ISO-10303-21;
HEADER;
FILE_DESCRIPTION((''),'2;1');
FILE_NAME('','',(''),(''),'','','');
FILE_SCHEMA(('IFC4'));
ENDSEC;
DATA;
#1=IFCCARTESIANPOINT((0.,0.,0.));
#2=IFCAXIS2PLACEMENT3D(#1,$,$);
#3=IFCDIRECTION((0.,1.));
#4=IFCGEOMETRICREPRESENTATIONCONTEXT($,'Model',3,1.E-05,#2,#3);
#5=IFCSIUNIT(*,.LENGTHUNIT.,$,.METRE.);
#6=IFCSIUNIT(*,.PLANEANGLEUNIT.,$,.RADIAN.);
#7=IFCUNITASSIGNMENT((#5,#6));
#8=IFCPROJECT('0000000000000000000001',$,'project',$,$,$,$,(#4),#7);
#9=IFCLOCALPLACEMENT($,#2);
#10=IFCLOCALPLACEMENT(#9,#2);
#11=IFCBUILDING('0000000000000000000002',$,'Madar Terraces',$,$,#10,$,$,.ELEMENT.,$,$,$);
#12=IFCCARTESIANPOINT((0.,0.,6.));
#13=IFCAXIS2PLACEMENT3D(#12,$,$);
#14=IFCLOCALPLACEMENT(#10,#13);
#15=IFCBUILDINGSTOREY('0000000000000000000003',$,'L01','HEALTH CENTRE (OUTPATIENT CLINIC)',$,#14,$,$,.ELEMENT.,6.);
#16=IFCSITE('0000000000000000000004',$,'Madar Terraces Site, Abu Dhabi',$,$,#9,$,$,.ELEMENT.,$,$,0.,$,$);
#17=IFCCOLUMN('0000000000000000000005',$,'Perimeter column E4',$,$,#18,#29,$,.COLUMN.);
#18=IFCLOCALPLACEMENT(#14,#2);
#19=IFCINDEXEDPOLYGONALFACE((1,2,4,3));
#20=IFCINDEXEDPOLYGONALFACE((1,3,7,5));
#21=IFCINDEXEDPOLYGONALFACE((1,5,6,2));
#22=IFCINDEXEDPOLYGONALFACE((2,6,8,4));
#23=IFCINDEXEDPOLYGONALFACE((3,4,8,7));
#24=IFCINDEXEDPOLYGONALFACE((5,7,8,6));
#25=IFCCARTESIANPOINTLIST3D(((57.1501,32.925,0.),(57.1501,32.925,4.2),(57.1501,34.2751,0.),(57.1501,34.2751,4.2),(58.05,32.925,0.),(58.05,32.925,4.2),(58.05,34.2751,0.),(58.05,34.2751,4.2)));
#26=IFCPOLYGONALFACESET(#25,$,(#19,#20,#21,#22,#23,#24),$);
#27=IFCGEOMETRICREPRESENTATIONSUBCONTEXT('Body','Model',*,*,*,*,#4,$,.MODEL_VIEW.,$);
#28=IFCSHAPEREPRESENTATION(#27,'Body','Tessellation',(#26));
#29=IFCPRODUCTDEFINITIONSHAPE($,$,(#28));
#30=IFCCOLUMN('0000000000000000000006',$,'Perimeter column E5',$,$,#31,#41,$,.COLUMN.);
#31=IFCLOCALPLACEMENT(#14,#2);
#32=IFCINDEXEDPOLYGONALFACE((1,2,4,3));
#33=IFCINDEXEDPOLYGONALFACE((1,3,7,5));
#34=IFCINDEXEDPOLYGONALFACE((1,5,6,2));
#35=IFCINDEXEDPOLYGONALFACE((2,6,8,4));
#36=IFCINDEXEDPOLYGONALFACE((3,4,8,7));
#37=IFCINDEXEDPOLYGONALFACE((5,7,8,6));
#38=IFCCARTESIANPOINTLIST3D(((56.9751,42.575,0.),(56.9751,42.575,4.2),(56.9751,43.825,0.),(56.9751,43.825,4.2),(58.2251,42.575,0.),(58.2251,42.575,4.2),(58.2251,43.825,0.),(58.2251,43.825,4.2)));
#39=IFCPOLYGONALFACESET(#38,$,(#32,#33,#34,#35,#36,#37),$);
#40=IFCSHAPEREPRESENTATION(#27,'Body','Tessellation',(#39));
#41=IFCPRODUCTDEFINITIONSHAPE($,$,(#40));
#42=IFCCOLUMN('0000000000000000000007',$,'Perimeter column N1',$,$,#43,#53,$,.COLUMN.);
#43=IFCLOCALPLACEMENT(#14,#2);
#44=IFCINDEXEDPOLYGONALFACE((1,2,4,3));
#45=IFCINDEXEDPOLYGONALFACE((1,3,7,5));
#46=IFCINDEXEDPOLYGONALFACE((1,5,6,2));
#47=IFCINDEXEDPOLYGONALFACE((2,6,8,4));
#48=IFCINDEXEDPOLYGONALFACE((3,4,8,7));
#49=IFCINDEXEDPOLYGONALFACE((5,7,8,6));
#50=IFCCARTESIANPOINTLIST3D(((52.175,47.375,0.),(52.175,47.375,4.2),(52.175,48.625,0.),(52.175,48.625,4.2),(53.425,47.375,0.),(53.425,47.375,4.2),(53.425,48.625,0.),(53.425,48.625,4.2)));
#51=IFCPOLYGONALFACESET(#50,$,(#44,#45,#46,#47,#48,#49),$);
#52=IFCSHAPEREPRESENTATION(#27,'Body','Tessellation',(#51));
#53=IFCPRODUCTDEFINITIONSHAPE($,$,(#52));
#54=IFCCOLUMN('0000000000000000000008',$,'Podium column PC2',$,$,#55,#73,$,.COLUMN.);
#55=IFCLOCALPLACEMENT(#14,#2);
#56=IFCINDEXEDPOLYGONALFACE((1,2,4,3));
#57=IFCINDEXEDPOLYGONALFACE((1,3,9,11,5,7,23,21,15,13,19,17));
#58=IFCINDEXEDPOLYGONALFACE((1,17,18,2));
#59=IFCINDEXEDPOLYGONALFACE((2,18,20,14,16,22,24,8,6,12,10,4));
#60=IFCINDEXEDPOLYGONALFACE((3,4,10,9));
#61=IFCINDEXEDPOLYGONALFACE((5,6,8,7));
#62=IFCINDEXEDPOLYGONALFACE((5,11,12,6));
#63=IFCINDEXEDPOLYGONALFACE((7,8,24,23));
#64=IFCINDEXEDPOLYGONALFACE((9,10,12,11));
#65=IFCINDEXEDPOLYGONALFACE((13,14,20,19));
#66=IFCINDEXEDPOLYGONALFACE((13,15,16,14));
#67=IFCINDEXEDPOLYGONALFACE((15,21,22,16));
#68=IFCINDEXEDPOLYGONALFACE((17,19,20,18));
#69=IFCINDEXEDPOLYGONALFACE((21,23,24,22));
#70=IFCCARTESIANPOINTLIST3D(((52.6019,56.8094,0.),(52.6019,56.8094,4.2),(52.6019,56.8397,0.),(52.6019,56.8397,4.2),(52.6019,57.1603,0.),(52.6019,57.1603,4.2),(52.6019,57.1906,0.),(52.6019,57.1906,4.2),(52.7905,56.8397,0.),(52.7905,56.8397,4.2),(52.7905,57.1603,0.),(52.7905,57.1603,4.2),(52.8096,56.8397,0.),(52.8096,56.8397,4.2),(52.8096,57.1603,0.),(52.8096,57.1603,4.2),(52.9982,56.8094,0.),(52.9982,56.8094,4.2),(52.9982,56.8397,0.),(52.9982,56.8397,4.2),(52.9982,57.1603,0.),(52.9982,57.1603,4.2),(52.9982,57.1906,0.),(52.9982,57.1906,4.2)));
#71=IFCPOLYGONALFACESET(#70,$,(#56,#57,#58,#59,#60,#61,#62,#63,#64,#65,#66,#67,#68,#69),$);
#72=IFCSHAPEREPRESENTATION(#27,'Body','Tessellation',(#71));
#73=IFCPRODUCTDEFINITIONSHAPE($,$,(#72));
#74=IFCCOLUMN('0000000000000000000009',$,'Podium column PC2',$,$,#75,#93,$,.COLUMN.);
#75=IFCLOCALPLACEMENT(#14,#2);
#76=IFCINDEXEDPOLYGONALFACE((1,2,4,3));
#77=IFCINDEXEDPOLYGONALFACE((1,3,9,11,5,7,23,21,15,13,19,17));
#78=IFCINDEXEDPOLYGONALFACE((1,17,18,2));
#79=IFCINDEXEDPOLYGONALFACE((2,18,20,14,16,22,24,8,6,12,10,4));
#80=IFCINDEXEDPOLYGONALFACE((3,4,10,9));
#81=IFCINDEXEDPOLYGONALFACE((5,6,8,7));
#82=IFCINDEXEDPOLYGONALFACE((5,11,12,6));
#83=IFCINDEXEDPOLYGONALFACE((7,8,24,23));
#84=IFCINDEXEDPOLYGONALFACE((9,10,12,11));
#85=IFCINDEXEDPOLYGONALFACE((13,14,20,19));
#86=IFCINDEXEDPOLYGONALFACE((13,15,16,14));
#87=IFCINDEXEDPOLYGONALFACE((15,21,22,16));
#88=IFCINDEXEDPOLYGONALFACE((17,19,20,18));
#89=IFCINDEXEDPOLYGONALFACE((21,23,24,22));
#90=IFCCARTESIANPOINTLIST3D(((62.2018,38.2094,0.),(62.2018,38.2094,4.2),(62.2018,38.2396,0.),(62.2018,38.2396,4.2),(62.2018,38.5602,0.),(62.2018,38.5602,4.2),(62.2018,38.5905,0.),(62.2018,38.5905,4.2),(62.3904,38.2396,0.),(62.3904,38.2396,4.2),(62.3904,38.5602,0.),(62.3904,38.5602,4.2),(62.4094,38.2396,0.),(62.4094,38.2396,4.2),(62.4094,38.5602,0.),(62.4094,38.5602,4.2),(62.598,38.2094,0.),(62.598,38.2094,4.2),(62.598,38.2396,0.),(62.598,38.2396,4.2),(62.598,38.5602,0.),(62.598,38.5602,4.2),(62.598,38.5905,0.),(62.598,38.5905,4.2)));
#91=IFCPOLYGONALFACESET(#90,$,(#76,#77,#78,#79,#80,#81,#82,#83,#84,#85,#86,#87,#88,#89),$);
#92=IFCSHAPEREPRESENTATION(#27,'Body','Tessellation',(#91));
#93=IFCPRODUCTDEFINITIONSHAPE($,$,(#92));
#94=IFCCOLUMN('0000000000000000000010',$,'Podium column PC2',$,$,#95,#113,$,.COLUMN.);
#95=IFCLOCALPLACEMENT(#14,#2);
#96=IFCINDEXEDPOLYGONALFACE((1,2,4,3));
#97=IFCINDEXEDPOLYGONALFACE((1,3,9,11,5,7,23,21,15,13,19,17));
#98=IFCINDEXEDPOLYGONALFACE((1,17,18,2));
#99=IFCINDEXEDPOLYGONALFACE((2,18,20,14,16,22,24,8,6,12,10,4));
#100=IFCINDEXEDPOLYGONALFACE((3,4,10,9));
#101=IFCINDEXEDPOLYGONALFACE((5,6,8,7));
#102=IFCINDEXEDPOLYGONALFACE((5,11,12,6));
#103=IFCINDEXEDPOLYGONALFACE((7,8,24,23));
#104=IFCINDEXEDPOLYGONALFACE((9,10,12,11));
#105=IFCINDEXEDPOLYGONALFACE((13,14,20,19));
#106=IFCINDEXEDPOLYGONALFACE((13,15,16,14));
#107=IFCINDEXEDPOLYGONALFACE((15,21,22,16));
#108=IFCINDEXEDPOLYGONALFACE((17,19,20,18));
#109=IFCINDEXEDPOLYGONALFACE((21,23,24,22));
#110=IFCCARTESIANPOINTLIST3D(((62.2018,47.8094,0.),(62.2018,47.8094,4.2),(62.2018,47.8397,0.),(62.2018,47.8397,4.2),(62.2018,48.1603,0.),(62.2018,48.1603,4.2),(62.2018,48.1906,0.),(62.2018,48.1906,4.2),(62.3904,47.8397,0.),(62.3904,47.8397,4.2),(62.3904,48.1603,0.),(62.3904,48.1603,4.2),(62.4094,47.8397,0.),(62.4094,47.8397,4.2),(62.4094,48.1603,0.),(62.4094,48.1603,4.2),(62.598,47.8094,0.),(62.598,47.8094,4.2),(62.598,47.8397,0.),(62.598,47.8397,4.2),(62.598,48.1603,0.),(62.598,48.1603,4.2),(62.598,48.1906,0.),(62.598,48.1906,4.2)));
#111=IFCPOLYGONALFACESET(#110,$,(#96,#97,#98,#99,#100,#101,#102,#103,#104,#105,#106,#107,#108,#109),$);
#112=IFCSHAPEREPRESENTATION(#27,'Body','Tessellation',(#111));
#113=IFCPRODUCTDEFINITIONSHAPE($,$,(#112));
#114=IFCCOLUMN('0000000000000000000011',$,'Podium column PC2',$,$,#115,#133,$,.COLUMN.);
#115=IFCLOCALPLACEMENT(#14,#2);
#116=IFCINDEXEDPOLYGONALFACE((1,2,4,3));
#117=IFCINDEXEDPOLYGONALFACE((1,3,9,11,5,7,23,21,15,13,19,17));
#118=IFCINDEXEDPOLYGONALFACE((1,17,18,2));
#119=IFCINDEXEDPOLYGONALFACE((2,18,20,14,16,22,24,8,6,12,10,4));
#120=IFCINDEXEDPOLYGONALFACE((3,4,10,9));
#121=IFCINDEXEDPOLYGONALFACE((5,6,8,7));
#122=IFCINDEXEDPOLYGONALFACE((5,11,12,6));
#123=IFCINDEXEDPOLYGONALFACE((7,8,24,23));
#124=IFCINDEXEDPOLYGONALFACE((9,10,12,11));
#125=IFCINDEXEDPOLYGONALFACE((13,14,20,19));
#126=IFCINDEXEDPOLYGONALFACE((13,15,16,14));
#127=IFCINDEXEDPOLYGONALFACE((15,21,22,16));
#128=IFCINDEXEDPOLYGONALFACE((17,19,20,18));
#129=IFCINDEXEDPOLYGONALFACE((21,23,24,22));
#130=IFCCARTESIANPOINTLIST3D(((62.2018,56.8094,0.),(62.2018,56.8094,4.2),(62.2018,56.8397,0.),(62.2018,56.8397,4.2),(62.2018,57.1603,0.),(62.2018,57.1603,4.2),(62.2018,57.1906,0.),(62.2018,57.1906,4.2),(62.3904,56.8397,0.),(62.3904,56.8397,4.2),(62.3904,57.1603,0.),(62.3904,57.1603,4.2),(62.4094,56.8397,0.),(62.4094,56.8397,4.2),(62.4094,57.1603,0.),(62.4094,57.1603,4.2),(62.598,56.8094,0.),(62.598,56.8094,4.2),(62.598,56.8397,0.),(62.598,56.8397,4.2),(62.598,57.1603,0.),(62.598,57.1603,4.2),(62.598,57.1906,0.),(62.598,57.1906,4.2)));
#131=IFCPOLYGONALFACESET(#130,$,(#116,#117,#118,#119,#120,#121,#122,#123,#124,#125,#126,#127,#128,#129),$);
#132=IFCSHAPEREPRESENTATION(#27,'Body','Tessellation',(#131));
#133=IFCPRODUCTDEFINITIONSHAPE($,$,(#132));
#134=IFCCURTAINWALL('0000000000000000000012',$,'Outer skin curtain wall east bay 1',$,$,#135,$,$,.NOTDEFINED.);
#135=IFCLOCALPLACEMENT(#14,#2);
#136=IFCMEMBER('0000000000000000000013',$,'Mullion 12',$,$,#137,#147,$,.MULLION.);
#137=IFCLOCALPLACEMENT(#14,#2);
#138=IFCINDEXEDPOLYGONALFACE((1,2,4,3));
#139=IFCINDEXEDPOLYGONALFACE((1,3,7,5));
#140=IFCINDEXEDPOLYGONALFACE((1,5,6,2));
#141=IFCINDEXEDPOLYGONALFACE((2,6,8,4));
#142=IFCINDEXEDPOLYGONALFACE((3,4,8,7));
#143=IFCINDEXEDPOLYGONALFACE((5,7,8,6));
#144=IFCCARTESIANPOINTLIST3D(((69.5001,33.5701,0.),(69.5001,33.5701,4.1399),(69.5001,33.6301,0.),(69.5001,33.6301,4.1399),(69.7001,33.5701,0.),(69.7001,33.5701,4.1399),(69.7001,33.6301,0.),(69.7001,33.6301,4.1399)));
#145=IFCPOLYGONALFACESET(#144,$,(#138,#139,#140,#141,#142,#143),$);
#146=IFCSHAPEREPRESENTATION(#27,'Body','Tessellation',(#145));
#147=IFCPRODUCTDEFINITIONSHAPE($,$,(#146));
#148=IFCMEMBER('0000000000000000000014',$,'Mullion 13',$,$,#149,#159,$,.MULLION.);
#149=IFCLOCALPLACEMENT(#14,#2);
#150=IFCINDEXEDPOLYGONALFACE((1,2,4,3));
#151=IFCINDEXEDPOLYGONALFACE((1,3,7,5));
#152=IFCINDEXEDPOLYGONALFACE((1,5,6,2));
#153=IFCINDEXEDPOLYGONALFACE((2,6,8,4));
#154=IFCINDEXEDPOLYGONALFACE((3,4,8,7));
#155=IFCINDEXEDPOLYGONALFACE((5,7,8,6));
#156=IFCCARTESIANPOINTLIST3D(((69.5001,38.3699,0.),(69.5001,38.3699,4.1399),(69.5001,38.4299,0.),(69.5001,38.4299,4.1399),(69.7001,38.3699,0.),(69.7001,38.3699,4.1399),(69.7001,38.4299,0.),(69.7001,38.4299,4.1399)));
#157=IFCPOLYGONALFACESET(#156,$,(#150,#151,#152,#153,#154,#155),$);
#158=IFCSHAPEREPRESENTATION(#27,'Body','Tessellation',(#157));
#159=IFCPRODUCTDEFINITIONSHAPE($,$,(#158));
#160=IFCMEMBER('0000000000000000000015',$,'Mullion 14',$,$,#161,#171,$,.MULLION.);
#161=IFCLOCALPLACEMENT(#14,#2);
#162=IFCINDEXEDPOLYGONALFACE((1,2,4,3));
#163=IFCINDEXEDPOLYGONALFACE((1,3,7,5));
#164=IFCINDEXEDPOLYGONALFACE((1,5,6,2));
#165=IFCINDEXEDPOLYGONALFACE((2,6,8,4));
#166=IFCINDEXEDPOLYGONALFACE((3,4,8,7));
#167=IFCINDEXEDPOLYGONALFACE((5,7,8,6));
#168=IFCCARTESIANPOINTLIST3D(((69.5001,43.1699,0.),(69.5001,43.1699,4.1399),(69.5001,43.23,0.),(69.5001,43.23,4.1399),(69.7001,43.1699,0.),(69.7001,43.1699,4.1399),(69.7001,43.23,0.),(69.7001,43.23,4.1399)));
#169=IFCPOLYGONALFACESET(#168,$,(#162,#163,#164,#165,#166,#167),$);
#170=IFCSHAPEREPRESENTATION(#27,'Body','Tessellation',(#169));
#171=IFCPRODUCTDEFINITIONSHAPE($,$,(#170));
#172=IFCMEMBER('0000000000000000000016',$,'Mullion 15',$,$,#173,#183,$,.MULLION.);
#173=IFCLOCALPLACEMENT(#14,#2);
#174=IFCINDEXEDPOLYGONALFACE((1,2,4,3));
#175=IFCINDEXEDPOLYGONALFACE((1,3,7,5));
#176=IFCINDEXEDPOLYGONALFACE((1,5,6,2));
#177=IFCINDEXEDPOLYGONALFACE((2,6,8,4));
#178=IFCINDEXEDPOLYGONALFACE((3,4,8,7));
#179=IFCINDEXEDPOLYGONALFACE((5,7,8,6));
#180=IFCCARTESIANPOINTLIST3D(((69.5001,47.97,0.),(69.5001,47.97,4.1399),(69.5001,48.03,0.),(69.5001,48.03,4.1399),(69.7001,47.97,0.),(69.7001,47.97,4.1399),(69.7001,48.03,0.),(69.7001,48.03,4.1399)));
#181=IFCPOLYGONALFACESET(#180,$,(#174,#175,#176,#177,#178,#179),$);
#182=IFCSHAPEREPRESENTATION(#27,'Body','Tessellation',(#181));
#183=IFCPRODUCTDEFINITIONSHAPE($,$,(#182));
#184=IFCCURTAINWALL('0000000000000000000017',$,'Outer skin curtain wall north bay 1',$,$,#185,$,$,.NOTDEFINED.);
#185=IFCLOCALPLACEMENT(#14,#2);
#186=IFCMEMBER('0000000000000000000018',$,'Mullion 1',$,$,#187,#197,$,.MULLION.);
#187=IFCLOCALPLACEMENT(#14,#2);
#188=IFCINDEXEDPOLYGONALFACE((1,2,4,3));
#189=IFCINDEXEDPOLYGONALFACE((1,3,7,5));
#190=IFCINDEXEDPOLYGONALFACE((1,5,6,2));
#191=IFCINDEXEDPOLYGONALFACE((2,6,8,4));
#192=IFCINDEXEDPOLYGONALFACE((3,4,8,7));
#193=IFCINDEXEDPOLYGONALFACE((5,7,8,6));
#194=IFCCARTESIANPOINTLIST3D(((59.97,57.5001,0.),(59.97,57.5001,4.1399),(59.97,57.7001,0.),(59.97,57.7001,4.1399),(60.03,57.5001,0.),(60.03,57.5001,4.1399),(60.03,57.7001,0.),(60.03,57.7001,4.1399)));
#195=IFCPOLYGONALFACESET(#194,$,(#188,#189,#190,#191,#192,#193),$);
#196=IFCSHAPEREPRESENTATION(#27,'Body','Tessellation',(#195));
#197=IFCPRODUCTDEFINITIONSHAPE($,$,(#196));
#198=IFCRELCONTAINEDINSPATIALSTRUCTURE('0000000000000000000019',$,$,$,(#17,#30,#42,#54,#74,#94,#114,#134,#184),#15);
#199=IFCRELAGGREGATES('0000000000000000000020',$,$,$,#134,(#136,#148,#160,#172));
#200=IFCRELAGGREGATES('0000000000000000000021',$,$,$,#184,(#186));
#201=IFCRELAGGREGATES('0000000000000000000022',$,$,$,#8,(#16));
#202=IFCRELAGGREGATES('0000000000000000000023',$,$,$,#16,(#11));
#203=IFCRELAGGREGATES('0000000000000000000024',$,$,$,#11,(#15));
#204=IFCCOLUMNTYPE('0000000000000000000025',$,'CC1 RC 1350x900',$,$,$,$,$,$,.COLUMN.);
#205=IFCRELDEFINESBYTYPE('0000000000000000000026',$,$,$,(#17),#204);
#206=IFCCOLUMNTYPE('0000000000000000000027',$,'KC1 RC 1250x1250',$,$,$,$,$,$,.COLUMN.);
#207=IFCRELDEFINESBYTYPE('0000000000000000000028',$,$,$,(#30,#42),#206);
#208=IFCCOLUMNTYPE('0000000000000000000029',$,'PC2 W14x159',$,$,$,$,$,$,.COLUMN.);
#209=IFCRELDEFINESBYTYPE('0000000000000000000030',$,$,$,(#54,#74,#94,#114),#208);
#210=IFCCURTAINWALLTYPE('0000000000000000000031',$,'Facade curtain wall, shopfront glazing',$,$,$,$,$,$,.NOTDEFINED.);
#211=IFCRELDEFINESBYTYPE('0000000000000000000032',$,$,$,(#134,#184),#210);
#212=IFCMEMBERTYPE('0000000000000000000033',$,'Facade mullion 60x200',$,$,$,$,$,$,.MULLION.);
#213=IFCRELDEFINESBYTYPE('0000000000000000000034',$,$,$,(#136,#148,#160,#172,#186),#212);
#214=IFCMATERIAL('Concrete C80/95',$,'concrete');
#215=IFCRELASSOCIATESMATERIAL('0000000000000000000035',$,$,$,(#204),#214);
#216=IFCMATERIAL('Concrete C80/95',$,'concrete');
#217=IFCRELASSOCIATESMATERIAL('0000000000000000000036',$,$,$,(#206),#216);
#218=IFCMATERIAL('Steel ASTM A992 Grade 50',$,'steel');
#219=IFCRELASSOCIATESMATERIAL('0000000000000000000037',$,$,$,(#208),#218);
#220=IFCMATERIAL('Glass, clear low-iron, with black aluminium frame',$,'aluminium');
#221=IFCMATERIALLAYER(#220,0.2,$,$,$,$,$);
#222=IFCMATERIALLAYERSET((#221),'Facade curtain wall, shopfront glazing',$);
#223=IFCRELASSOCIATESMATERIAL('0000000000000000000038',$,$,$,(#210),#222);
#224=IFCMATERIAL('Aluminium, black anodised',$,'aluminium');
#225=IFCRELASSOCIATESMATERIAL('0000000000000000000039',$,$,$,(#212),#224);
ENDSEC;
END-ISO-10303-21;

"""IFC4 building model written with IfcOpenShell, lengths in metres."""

from ifc_helpers import new_model, si_unit, direction, frame, origin, origin_2d, place, context, subcontext, project, spatial, rectangle, i_section, extrude, material, layer, layer_set, material_profile, profile_set, type_object, element, aggregate, save


model = new_model("IFC4")

# Units and contexts
model_context = context("Model", 3, precision=1e-05, world=origin(), true_north=direction((0.0, 1.0)))
body_context = subcontext(model_context, "Body", "Model", "MODEL_VIEW")
ifc_project = project(units=[si_unit("LENGTHUNIT", "METRE"), si_unit("PLANEANGLEUNIT", "RADIAN")], contexts=[model_context])

# Site, building, storey
site_placement = place(None, origin())
site = spatial("IfcSite", under=ifc_project, at=site_placement, Name="Madar Terraces Site, Abu Dhabi", CompositionType="ELEMENT", RefElevation=0.0)
building_placement = place(site_placement, origin())
building = spatial("IfcBuilding", under=site, at=building_placement, Name="Madar Terraces", CompositionType="ELEMENT")
storey_placement = place(building_placement, frame((0.0, 0.0, 6.0)))
storey = spatial("IfcBuildingStorey", under=building, at=storey_placement, Name="L01", Description="HEALTH CENTRE (OUTPATIENT CLINIC)", CompositionType="ELEMENT", Elevation=6.0)

# Columns
ifc_material_1 = material(Name="Concrete C80/95", Category="concrete")
ifc_material_profile_1 = material_profile(ifc_material_1, rectangle(XDim=1.3501, YDim=0.8999, at=origin_2d()), Name="CC1 RC 1350x900")
ifc_profile_set_1 = profile_set([ifc_material_profile_1], Name="Concrete C80/95")
column_type_1 = type_object("IfcColumnType", Name="CC1 RC 1350x900", PredefinedType="COLUMN", material=ifc_profile_set_1)
column_placement = place(storey_placement, frame((57.6001, 33.6001, 0.0), z_axis=(0.0, 0.0, 1.0), x_axis=(0.0, 1.0, 0.0)))
element("IfcColumn", 1, at=column_placement, inside=storey, type_object=column_type_1, Name="Perimeter column E4", PredefinedType="COLUMN", context=body_context, shape_type="SweptSolid", body=[
    extrude(rectangle(XDim=1.3501, YDim=0.8999, at=origin_2d()), origin(), (0.0, 0.0, 1.0), 4.2),
])
ifc_material_2 = material(Name="Concrete C80/95", Category="concrete")
ifc_material_profile_2 = material_profile(ifc_material_2, rectangle(XDim=1.25, YDim=1.25, at=origin_2d()), Name="KC1 RC 1250x1250")
ifc_profile_set_2 = profile_set([ifc_material_profile_2], Name="Concrete C80/95")
column_type_2 = type_object("IfcColumnType", Name="KC1 RC 1250x1250", PredefinedType="COLUMN", material=ifc_profile_set_2)
for number, where, z_axis, x_axis, name in (
    (2, (57.6001, 43.2, 0.0), (0.0, 0.0, 1.0), (1.0, 0.0, 0.0), "Perimeter column E5"),
    (3, (52.8, 48.0, 0.0), (0.0, 0.0, 1.0), (1.0, 0.0, 0.0), "Perimeter column N1"),
):
    element("IfcColumn", number, at=place(storey_placement, frame(where, z_axis=z_axis, x_axis=x_axis)), inside=storey, type_object=column_type_2, Name=name, PredefinedType="COLUMN", context=body_context, shape_type="SweptSolid", body=[
        extrude(rectangle(XDim=1.25, YDim=1.25, at=origin_2d()), origin(), (0.0, 0.0, 1.0), 4.2),
    ])
ifc_material_3 = material(Name="Steel ASTM A992 Grade 50", Category="steel")
ifc_material_profile_3 = material_profile(ifc_material_3, i_section(OverallWidth=0.3962, OverallDepth=0.3811, WebThickness=0.019, FlangeThickness=0.0303, at=origin_2d()), Name="W14x159")
ifc_profile_set_3 = profile_set([ifc_material_profile_3], Name="Steel ASTM A992 Grade 50")
column_type_3 = type_object("IfcColumnType", Name="PC2 W14x159", PredefinedType="COLUMN", material=ifc_profile_set_3)
for number, where, z_axis, x_axis, name in (
    (4, (52.8, 57.0, 0.0), (0.0, 0.0, 1.0), (1.0, 0.0, 0.0), "Podium column PC2"),
    (5, (62.3999, 38.3999, 0.0), (0.0, 0.0, 1.0), (1.0, 0.0, 0.0), "Podium column PC2"),
    (6, (62.3999, 48.0, 0.0), (0.0, 0.0, 1.0), (1.0, 0.0, 0.0), "Podium column PC2"),
    (7, (62.3999, 57.0, 0.0), (0.0, 0.0, 1.0), (1.0, 0.0, 0.0), "Podium column PC2"),
):
    element("IfcColumn", number, at=place(storey_placement, frame(where, z_axis=z_axis, x_axis=x_axis)), inside=storey, type_object=column_type_3, Name=name, PredefinedType="COLUMN", context=body_context, shape_type="SweptSolid", body=[
        extrude(i_section(OverallWidth=0.3962, OverallDepth=0.3811, WebThickness=0.019, FlangeThickness=0.0303, at=origin_2d()), origin(), (0.0, 0.0, 1.0), 4.2),
    ])

# Curtain walls, members
ifc_material_4 = material(Name="Glass, clear low-iron, with black aluminium frame", Category="aluminium")
ifc_layer_1 = layer(ifc_material_4, 0.2)
ifc_layer_set_1 = layer_set([ifc_layer_1], Name="Facade curtain wall, shopfront glazing")
curtain_wall_type = type_object("IfcCurtainWallType", Name="Facade curtain wall, shopfront glazing", PredefinedType="NOTDEFINED", material=ifc_layer_set_1)
curtain_wall_1_placement = place(storey_placement, origin())
curtain_wall_1 = element("IfcCurtainWall", 8, at=curtain_wall_1_placement, inside=storey, type_object=curtain_wall_type, Name="Outer skin curtain wall east bay 1", PredefinedType="NOTDEFINED")
ifc_material_5 = material(Name="Aluminium, black anodised", Category="aluminium")
ifc_material_profile_4 = material_profile(ifc_material_5, rectangle(XDim=0.2, YDim=0.0601, at=origin_2d()), Name="Facade mullion 60x200")
ifc_profile_set_4 = profile_set([ifc_material_profile_4], Name="Aluminium, black anodised")
member_type_1 = type_object("IfcMemberType", Name="Facade mullion 60x200", PredefinedType="MULLION", material=ifc_profile_set_4)
member_1_placement = place(storey_placement, frame((69.6001, 33.6001, 0.0), z_axis=(0.0, 0.0, 1.0), x_axis=(-1.0, 0.0, 0.0)))
member_1 = element("IfcMember", 9, at=member_1_placement, type_object=member_type_1, Name="Mullion 12", PredefinedType="MULLION", context=body_context, shape_type="SweptSolid", body=[
    extrude(rectangle(XDim=0.2, YDim=0.0601, at=origin_2d()), origin(), (0.0, 0.0, 1.0), 4.1399),
])
member_2_placement = place(storey_placement, frame((69.6001, 38.3999, 0.0), z_axis=(0.0, 0.0, 1.0), x_axis=(-1.0, 0.0, 0.0)))
member_2 = element("IfcMember", 10, at=member_2_placement, type_object=member_type_1, Name="Mullion 13", PredefinedType="MULLION", context=body_context, shape_type="SweptSolid", body=[
    extrude(rectangle(XDim=0.2, YDim=0.0601, at=origin_2d()), origin(), (0.0, 0.0, 1.0), 4.1399),
])
member_3_placement = place(storey_placement, frame((69.6001, 43.2, 0.0), z_axis=(0.0, 0.0, 1.0), x_axis=(-1.0, 0.0, 0.0)))
member_3 = element("IfcMember", 11, at=member_3_placement, type_object=member_type_1, Name="Mullion 14", PredefinedType="MULLION", context=body_context, shape_type="SweptSolid", body=[
    extrude(rectangle(XDim=0.2, YDim=0.0601, at=origin_2d()), origin(), (0.0, 0.0, 1.0), 4.1399),
])
member_4_placement = place(storey_placement, frame((69.6001, 48.0, 0.0), z_axis=(0.0, 0.0, 1.0), x_axis=(-1.0, 0.0, 0.0)))
member_4 = element("IfcMember", 12, at=member_4_placement, type_object=member_type_1, Name="Mullion 15", PredefinedType="MULLION", context=body_context, shape_type="SweptSolid", body=[
    extrude(rectangle(XDim=0.2, YDim=0.0601, at=origin_2d()), origin(), (0.0, 0.0, 1.0), 4.1399),
])
curtain_wall_2_placement = place(storey_placement, origin())
curtain_wall_2 = element("IfcCurtainWall", 13, at=curtain_wall_2_placement, inside=storey, type_object=curtain_wall_type, Name="Outer skin curtain wall north bay 1", PredefinedType="NOTDEFINED")
member_5_placement = place(storey_placement, frame((60.0, 57.6001, 0.0), z_axis=(0.0, 0.0, 1.0), x_axis=(0.0, -1.0, 0.0)))
member_5 = element("IfcMember", 14, at=member_5_placement, type_object=member_type_1, Name="Mullion 1", PredefinedType="MULLION", context=body_context, shape_type="SweptSolid", body=[
    extrude(rectangle(XDim=0.2, YDim=0.0601, at=origin_2d()), origin(), (0.0, 0.0, 1.0), 4.1399),
])

aggregate(curtain_wall_1, [member_1, member_2, member_3, member_4])
aggregate(curtain_wall_2, [member_5])

save(model, "model.ifc")
